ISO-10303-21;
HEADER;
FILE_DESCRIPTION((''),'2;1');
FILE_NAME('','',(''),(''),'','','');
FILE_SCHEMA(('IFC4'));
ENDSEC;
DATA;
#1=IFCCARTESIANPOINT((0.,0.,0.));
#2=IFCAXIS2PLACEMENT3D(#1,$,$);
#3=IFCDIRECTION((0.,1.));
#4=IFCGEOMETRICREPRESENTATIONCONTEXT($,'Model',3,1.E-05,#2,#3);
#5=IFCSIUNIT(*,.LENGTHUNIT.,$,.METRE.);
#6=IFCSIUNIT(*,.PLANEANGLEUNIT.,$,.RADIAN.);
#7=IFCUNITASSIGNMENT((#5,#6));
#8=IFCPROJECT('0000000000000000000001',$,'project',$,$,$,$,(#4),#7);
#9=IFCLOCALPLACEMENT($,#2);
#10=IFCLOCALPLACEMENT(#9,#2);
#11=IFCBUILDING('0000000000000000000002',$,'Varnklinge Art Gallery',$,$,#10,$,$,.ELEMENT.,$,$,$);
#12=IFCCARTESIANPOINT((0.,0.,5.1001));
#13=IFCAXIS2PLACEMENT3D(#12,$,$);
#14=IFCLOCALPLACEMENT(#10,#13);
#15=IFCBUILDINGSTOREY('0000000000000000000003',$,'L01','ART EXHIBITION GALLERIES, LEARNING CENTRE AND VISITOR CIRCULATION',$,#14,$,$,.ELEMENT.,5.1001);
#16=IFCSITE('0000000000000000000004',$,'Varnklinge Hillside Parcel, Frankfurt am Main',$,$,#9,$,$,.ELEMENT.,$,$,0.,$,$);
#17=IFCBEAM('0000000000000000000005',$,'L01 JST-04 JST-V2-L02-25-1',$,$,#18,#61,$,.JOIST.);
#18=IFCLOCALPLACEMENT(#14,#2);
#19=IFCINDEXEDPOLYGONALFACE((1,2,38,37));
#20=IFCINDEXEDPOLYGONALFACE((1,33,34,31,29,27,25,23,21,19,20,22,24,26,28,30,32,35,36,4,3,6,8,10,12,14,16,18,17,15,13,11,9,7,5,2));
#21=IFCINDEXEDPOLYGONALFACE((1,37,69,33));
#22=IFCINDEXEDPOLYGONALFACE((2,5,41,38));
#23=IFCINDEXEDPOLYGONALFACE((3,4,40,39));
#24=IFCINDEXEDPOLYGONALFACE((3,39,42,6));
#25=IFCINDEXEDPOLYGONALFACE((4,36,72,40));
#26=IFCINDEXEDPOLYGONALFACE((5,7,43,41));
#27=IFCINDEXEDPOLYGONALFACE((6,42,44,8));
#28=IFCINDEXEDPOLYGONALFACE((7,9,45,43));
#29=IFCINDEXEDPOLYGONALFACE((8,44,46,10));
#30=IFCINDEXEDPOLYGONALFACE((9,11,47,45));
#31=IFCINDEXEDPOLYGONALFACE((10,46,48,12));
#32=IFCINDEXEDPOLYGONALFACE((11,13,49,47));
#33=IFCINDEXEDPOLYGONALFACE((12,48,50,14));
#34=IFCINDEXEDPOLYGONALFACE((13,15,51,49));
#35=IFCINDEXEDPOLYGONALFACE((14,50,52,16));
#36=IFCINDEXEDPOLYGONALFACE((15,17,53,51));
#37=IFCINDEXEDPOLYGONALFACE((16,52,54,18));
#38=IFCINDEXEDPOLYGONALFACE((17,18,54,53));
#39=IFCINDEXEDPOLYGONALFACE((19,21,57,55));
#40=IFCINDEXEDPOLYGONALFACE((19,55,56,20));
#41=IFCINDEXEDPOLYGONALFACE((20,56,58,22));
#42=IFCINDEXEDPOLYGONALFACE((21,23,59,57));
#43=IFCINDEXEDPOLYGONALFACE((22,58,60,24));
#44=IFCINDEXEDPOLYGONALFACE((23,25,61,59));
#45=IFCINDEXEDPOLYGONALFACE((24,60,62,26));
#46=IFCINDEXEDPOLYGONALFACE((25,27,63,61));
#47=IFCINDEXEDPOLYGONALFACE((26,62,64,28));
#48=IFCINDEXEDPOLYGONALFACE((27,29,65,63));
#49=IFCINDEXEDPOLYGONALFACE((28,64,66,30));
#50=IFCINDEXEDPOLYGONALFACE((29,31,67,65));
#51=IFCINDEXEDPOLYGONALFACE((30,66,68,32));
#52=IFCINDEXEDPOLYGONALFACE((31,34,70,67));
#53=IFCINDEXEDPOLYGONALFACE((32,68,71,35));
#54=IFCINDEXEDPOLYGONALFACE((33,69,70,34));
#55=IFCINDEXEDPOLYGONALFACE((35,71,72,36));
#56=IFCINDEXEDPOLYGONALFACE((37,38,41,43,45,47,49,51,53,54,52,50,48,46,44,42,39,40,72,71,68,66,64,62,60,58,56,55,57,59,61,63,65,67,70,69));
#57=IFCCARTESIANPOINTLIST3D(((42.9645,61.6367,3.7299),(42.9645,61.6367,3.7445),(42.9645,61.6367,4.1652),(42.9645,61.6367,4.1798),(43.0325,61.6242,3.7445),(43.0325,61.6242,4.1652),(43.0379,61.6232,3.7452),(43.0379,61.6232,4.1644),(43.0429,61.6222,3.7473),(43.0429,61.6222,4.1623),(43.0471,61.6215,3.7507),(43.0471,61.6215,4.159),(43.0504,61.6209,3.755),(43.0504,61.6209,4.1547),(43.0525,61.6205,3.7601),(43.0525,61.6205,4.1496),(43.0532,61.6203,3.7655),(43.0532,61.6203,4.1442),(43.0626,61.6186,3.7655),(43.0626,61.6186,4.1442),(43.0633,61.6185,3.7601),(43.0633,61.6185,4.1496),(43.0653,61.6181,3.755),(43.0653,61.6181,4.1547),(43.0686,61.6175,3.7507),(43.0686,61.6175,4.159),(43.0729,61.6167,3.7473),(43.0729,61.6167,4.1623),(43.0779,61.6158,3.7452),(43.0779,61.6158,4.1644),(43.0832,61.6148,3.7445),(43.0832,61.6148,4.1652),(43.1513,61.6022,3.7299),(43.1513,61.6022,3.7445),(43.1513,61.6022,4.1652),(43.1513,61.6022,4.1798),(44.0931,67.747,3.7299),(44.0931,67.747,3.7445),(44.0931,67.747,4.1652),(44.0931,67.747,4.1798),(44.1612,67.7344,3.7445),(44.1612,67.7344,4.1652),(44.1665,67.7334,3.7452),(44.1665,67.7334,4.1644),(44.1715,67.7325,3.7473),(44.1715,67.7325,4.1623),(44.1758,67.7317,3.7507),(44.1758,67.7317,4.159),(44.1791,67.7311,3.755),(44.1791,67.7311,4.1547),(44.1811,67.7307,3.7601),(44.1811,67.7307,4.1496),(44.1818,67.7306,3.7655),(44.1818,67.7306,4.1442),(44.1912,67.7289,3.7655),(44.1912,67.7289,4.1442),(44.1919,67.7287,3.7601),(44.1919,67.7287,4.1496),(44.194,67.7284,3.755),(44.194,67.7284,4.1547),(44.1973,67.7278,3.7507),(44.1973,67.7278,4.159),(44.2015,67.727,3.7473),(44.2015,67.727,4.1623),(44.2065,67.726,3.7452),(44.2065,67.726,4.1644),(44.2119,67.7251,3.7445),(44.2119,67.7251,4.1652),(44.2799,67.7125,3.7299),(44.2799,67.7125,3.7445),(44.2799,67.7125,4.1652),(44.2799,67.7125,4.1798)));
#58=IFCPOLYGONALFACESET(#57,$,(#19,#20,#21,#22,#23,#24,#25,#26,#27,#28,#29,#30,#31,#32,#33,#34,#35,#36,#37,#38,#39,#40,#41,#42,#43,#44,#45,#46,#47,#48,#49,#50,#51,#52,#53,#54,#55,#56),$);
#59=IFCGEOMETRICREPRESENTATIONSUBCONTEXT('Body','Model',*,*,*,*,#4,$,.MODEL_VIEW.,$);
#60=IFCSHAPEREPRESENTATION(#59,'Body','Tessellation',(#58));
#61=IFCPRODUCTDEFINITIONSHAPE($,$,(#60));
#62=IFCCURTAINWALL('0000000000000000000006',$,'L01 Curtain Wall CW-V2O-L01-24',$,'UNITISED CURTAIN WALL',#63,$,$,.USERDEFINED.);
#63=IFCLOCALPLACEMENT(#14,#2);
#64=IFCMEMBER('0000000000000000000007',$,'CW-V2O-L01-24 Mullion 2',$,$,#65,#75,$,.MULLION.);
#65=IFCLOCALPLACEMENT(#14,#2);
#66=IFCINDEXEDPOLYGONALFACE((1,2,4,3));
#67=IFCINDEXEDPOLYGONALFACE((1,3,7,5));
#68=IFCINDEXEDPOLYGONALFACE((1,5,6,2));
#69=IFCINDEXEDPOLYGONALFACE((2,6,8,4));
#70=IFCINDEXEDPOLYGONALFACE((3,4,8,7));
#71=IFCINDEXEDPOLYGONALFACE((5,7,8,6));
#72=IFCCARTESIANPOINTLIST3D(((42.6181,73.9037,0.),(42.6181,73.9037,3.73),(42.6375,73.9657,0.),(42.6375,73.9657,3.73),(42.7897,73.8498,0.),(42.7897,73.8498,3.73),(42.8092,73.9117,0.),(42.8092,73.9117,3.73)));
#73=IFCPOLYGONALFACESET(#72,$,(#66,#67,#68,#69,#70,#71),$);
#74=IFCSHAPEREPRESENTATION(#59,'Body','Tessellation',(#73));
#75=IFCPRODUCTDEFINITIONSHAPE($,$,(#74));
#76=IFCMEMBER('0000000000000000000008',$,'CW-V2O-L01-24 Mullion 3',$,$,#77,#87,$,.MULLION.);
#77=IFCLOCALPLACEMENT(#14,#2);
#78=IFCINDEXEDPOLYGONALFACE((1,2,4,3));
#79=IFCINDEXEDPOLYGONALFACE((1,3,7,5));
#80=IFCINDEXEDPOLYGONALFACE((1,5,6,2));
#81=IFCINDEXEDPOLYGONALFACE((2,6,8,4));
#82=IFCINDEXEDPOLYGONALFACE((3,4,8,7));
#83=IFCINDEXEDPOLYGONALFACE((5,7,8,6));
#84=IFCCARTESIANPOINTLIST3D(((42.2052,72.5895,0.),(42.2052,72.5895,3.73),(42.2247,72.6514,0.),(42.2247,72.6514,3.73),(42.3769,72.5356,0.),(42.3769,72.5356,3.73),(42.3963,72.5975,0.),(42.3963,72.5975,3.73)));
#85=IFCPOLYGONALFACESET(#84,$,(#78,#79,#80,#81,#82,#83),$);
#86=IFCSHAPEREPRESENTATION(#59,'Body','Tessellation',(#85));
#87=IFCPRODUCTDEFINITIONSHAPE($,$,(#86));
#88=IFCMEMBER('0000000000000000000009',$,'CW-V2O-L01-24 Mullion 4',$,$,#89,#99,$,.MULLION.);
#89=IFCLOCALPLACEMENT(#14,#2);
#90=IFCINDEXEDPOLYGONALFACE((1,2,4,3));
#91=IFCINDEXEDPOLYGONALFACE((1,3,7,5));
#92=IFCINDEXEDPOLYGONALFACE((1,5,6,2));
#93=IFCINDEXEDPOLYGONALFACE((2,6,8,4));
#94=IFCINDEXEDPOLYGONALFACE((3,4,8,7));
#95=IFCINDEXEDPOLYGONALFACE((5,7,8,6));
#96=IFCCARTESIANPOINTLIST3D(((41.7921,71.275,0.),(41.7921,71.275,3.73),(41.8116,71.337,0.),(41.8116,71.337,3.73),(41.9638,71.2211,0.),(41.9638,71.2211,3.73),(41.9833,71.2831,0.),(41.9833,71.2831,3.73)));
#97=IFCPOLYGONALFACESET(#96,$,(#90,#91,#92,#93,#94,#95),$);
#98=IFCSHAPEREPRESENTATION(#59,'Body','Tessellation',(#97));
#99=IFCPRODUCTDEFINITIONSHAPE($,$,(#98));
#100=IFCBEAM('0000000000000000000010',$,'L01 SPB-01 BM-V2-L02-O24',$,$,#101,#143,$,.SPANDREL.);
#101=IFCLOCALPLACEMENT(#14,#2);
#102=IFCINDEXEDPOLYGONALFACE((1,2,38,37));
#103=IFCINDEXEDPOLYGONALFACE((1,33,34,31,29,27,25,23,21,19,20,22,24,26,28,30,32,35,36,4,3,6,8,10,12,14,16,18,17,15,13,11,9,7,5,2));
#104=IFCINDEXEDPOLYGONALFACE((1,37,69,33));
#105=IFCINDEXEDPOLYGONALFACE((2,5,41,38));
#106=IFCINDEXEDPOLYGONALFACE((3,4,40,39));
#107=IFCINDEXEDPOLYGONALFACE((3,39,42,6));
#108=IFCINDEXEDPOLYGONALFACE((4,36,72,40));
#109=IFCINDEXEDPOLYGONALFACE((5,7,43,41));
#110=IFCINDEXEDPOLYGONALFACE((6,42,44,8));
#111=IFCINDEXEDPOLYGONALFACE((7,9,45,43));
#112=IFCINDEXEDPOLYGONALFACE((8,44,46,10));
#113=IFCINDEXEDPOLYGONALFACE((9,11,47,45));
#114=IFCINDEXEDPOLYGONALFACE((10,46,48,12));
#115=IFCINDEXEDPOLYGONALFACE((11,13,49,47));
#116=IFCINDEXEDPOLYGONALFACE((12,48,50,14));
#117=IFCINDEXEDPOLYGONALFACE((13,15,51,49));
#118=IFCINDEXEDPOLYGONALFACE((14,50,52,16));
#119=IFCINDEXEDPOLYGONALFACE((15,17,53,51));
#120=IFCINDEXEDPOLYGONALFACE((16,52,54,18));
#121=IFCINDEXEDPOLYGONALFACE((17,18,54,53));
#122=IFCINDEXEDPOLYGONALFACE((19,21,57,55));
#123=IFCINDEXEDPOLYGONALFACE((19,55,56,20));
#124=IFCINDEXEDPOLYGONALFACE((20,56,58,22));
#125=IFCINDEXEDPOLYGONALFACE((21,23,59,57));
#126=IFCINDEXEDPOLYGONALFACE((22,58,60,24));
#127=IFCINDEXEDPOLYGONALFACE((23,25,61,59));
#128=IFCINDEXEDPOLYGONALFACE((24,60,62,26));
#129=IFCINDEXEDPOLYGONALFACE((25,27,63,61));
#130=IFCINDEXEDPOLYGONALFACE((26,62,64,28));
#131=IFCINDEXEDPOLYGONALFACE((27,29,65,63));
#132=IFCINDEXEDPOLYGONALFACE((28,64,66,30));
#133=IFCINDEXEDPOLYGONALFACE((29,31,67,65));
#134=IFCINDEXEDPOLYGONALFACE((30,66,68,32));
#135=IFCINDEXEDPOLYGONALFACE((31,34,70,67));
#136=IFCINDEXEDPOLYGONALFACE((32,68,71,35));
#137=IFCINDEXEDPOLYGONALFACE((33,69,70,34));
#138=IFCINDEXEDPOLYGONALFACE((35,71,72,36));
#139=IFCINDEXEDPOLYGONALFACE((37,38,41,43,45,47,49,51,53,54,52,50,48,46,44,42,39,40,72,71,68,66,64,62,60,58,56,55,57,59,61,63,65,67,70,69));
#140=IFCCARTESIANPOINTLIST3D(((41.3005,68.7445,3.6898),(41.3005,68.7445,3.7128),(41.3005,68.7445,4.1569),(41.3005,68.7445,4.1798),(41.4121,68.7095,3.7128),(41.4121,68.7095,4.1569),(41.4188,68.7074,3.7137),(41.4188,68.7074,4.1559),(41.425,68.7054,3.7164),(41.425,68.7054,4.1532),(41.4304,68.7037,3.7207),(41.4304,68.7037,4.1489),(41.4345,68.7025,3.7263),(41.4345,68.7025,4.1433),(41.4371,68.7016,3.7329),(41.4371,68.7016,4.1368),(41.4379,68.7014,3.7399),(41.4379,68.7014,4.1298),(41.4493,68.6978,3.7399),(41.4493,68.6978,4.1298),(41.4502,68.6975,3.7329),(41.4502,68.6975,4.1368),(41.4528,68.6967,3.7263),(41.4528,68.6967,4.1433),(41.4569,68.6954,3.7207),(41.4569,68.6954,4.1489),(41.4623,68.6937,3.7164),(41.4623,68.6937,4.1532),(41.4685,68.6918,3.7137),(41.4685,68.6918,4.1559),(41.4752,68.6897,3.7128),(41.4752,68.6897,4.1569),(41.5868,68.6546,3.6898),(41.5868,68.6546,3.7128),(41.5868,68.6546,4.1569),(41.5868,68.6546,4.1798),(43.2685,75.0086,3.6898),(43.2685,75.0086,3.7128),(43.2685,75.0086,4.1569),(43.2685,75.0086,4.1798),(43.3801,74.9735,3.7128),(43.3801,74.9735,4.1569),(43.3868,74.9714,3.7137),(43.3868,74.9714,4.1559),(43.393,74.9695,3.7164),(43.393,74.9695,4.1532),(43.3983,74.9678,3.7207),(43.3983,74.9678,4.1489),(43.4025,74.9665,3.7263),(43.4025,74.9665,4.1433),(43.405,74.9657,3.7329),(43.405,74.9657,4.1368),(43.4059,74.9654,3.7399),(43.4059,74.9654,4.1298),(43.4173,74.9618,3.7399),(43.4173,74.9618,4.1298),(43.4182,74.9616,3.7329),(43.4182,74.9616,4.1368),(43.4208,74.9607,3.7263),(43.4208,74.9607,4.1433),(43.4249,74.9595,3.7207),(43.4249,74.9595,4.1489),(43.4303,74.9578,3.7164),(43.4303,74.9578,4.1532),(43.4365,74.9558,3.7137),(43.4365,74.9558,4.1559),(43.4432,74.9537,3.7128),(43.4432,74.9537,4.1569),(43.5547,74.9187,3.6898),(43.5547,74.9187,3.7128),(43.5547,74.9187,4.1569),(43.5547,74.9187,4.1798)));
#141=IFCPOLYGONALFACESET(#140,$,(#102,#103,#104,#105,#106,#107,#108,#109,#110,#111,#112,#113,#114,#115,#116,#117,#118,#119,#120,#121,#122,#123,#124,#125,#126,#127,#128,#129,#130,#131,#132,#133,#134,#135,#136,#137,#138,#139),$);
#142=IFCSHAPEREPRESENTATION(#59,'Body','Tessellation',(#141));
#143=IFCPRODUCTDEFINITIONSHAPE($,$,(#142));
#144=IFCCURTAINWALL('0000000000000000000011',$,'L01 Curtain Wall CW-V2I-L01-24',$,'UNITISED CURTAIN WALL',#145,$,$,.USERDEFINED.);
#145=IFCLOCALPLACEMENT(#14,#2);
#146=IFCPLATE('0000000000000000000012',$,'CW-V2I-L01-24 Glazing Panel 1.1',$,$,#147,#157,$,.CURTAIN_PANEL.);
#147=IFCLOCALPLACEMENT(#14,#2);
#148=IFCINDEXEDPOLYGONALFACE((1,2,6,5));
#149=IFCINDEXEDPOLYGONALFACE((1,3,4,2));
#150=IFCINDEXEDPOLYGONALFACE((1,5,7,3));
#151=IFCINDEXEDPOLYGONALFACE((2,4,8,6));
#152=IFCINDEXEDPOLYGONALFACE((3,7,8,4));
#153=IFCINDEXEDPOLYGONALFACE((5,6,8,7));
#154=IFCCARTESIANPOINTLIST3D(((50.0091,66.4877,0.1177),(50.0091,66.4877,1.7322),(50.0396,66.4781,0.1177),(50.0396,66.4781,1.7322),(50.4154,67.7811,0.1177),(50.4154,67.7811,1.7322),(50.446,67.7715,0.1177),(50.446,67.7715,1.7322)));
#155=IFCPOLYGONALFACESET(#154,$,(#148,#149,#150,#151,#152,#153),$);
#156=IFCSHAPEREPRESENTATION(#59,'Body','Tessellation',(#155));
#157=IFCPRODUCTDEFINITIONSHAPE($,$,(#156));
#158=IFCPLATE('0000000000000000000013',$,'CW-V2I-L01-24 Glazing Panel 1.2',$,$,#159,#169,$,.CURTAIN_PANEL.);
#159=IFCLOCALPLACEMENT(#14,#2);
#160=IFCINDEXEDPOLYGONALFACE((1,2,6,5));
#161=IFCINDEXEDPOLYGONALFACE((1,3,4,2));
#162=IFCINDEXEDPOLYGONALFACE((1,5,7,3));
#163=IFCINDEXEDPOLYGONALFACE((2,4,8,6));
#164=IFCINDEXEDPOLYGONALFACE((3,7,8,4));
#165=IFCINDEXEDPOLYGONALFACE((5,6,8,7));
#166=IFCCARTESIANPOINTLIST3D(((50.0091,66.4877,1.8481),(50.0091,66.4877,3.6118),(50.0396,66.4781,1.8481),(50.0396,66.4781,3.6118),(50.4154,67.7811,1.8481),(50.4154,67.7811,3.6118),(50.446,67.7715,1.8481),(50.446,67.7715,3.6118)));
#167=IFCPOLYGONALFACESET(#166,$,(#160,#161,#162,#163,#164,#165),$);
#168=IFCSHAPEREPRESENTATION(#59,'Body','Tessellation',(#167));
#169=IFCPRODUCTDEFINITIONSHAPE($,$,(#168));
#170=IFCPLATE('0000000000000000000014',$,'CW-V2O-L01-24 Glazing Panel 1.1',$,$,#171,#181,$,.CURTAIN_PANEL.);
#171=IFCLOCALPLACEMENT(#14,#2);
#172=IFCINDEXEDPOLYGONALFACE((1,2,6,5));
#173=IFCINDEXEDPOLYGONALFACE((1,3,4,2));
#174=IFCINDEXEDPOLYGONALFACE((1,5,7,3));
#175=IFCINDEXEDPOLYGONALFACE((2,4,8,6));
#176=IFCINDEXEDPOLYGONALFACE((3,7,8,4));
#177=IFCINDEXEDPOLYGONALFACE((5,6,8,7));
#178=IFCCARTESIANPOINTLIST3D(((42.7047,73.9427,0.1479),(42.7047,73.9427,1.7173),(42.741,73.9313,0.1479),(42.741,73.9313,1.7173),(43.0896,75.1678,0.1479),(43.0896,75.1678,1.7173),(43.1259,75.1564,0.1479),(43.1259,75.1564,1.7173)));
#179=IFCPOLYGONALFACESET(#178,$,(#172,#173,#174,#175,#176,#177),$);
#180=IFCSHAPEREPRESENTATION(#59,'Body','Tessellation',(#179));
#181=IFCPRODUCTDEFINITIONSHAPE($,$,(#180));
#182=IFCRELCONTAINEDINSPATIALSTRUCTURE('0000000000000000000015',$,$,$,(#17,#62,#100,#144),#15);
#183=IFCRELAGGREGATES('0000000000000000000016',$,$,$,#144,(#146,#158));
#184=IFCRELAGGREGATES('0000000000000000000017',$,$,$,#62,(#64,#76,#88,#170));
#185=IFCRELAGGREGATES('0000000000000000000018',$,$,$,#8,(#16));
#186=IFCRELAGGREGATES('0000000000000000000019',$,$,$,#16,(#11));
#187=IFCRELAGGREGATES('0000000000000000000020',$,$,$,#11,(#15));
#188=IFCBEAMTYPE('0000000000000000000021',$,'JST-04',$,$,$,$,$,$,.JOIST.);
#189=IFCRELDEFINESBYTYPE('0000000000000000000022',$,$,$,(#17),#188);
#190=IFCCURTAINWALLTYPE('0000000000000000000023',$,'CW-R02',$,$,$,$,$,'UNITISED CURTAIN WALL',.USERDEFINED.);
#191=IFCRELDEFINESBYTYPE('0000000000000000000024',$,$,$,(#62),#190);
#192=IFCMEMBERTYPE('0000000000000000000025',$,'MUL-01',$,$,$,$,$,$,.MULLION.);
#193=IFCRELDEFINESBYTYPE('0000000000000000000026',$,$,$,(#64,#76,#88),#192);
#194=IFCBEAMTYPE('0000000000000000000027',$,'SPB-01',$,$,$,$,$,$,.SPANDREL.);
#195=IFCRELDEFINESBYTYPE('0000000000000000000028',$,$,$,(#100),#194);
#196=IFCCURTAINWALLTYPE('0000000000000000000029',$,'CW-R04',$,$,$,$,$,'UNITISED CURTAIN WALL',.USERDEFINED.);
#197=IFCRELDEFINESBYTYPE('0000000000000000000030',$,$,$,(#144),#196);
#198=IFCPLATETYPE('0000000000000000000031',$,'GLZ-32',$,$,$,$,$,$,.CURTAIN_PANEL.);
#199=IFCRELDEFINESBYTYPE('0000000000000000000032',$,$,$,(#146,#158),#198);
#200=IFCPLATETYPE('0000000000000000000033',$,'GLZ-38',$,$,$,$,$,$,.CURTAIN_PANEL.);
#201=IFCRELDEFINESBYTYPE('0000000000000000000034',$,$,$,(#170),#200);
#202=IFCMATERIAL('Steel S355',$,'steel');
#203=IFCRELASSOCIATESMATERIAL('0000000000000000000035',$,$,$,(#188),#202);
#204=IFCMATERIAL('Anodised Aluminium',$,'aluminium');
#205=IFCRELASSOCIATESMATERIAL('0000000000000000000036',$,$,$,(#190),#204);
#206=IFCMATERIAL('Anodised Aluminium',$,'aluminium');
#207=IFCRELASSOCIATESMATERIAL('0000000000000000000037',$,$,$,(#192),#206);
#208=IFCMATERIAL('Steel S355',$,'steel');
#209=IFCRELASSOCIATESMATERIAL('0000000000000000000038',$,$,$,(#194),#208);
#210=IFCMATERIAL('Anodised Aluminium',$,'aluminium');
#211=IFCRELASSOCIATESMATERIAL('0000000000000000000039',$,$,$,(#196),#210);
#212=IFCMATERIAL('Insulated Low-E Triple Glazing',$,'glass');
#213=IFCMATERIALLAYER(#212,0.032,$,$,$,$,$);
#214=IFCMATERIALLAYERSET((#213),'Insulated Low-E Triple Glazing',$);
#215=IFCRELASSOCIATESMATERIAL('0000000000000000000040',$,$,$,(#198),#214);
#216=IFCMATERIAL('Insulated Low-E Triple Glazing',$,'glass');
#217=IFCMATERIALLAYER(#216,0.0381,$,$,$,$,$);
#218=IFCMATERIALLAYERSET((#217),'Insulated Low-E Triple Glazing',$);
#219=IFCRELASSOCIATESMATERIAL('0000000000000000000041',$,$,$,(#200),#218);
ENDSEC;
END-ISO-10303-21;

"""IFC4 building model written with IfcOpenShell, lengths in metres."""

from ifc_helpers import new_model, si_unit, direction, frame, origin, origin_2d, place, context, subcontext, project, spatial, rectangle, i_section, extrude, material, layer, layer_set, material_profile, profile_set, type_object, element, aggregate, save


model = new_model("IFC4")

# Units and contexts
model_context = context("Model", 3, precision=1e-05, world=origin(), true_north=direction((0.0, 1.0)))
body_context = subcontext(model_context, "Body", "Model", "MODEL_VIEW")
ifc_project = project(units=[si_unit("LENGTHUNIT", "METRE"), si_unit("PLANEANGLEUNIT", "RADIAN")], contexts=[model_context])

# Site, building, storey
site_placement = place(None, origin())
site = spatial("IfcSite", under=ifc_project, at=site_placement, Name="Varnklinge Hillside Parcel, Frankfurt am Main", CompositionType="ELEMENT", RefElevation=0.0)
building_placement = place(site_placement, origin())
building = spatial("IfcBuilding", under=site, at=building_placement, Name="Varnklinge Art Gallery", CompositionType="ELEMENT")
storey_placement = place(building_placement, frame((0.0, 0.0, 5.1001)))
storey = spatial("IfcBuildingStorey", under=building, at=storey_placement, Name="L01", Description="ART EXHIBITION GALLERIES, LEARNING CENTRE AND VISITOR CIRCULATION", CompositionType="ELEMENT", Elevation=5.1001)

# Beam
ifc_material_1 = material(Name="Steel S355", Category="steel")
ifc_material_profile_1 = material_profile(ifc_material_1, i_section(OverallWidth=0.1899, OverallDepth=0.45, WebThickness=0.0095, FlangeThickness=0.0146, FilletRadius=0.021, at=origin_2d()), Name="IPE 450")
ifc_profile_set_1 = profile_set([ifc_material_profile_1], Name="Steel S355")
beam_type_1 = type_object("IfcBeamType", Name="JST-04", PredefinedType="JOIST", material=ifc_profile_set_1)
beam_1_placement = place(storey_placement, frame((44.1865, 67.7297, 3.9548), z_axis=(-0.18164, -0.983365, 0.0), x_axis=(0.983365, -0.18164, 0.0)))
element("IfcBeam", 1, at=beam_1_placement, inside=storey, type_object=beam_type_1, Name="L01 JST-04 JST-V2-L02-25-1", PredefinedType="JOIST", context=body_context, shape_type="SweptSolid", body=[
    extrude(i_section(OverallWidth=0.1899, OverallDepth=0.45, WebThickness=0.0095, FlangeThickness=0.0146, FilletRadius=0.021, at=origin_2d()), origin(), (0.0, 0.0, 1.0), 6.2136),
])

# Curtain wall, members
ifc_material_2 = material(Name="Anodised Aluminium", Category="aluminium")
curtain_wall_type_1 = type_object("IfcCurtainWallType", Name="CW-R02", ElementType="UNITISED CURTAIN WALL", PredefinedType="USERDEFINED", material=ifc_material_2)
curtain_wall_1_placement = place(storey_placement, origin())
curtain_wall_1 = element("IfcCurtainWall", 2, at=curtain_wall_1_placement, inside=storey, type_object=curtain_wall_type_1, Name="L01 Curtain Wall CW-V2O-L01-24", ObjectType="UNITISED CURTAIN WALL", PredefinedType="USERDEFINED")
ifc_material_3 = material(Name="Anodised Aluminium", Category="aluminium")
ifc_material_profile_2 = material_profile(ifc_material_3, rectangle(XDim=0.0649, YDim=0.1799, at=origin_2d()), Name="ALU 65x180")
ifc_profile_set_2 = profile_set([ifc_material_profile_2], Name="Anodised Aluminium")
member_type = type_object("IfcMemberType", Name="MUL-01", PredefinedType="MULLION", material=ifc_profile_set_2)
member_1_placement = place(storey_placement, frame((42.7136, 73.9077, 0.0), z_axis=(0.0, 0.0, 1.0), x_axis=(-0.299707, -0.954031, 0.0)))
member_1 = element("IfcMember", 3, at=member_1_placement, type_object=member_type, Name="CW-V2O-L01-24 Mullion 2", PredefinedType="MULLION", context=body_context, shape_type="SweptSolid", body=[
    extrude(rectangle(XDim=0.0649, YDim=0.1799, at=origin_2d()), origin(), (0.0, 0.0, 1.0), 3.73),
])
member_2_placement = place(storey_placement, frame((42.3008, 72.5935, 0.0), z_axis=(0.0, 0.0, 1.0), x_axis=(-0.299707, -0.954031, 0.0)))
member_2 = element("IfcMember", 4, at=member_2_placement, type_object=member_type, Name="CW-V2O-L01-24 Mullion 3", PredefinedType="MULLION", context=body_context, shape_type="SweptSolid", body=[
    extrude(rectangle(XDim=0.0649, YDim=0.1799, at=origin_2d()), origin(), (0.0, 0.0, 1.0), 3.73),
])
member_3_placement = place(storey_placement, frame((41.8877, 71.2791, 0.0), z_axis=(0.0, 0.0, 1.0), x_axis=(-0.299707, -0.954031, 0.0)))
member_3 = element("IfcMember", 5, at=member_3_placement, type_object=member_type, Name="CW-V2O-L01-24 Mullion 4", PredefinedType="MULLION", context=body_context, shape_type="SweptSolid", body=[
    extrude(rectangle(XDim=0.0649, YDim=0.1799, at=origin_2d()), origin(), (0.0, 0.0, 1.0), 3.73),
])

# Beam
ifc_material_4 = material(Name="Steel S355", Category="steel")
ifc_material_profile_3 = material_profile(ifc_material_4, i_section(OverallWidth=0.3, OverallDepth=0.49, WebThickness=0.012, FlangeThickness=0.0229, FilletRadius=0.0271, at=origin_2d()), Name="HEA 500")
ifc_profile_set_3 = profile_set([ifc_material_profile_3], Name="Steel S355")
beam_type_2 = type_object("IfcBeamType", Name="SPB-01", PredefinedType="SPANDREL", material=ifc_profile_set_3)
beam_2_placement = place(storey_placement, frame((43.4116, 74.9636, 3.9348), z_axis=(-0.299727, -0.954025, 0.0), x_axis=(0.954025, -0.299727, 0.0)))
element("IfcBeam", 6, at=beam_2_placement, inside=storey, type_object=beam_type_2, Name="L01 SPB-01 BM-V2-L02-O24", PredefinedType="SPANDREL", context=body_context, shape_type="SweptSolid", body=[
    extrude(i_section(OverallWidth=0.3, OverallDepth=0.49, WebThickness=0.012, FlangeThickness=0.0229, FilletRadius=0.0271, at=origin_2d()), origin(), (0.0, 0.0, 1.0), 6.5659),
])

# Curtain wall, plates
ifc_material_5 = material(Name="Anodised Aluminium", Category="aluminium")
curtain_wall_type_2 = type_object("IfcCurtainWallType", Name="CW-R04", ElementType="UNITISED CURTAIN WALL", PredefinedType="USERDEFINED", material=ifc_material_5)
curtain_wall_2_placement = place(storey_placement, origin())
curtain_wall_2 = element("IfcCurtainWall", 7, at=curtain_wall_2_placement, inside=storey, type_object=curtain_wall_type_2, Name="L01 Curtain Wall CW-V2I-L01-24", ObjectType="UNITISED CURTAIN WALL", PredefinedType="USERDEFINED")
ifc_material_6 = material(Name="Insulated Low-E Triple Glazing", Category="glass")
ifc_layer_1 = layer(ifc_material_6, 0.032)
ifc_layer_set_1 = layer_set([ifc_layer_1], Name="Insulated Low-E Triple Glazing")
plate_type_1 = type_object("IfcPlateType", Name="GLZ-32", PredefinedType="CURTAIN_PANEL", material=ifc_layer_set_1)
plate_1_placement = place(storey_placement, frame((50.2275, 67.1296, 0.1177), z_axis=(0.0, 0.0, 1.0), x_axis=(0.299707, 0.954031, 0.0)))
plate_1 = element("IfcPlate", 8, at=plate_1_placement, type_object=plate_type_1, Name="CW-V2I-L01-24 Glazing Panel 1.1", PredefinedType="CURTAIN_PANEL", context=body_context, shape_type="SweptSolid", body=[
    extrude(rectangle(XDim=1.3557, YDim=0.032, at=origin_2d()), origin(), (0.0, 0.0, 1.0), 1.6145),
])
plate_2_placement = place(storey_placement, frame((50.2275, 67.1296, 1.8481), z_axis=(0.0, 0.0, 1.0), x_axis=(0.299707, 0.954031, 0.0)))
plate_2 = element("IfcPlate", 9, at=plate_2_placement, type_object=plate_type_1, Name="CW-V2I-L01-24 Glazing Panel 1.2", PredefinedType="CURTAIN_PANEL", context=body_context, shape_type="SweptSolid", body=[
    extrude(rectangle(XDim=1.3557, YDim=0.032, at=origin_2d()), origin(), (0.0, 0.0, 1.0), 1.7637),
])
aggregate(curtain_wall_2, [plate_1, plate_2])

# Plate
ifc_material_7 = material(Name="Insulated Low-E Triple Glazing", Category="glass")
ifc_layer_2 = layer(ifc_material_7, 0.0381)
ifc_layer_set_2 = layer_set([ifc_layer_2], Name="Insulated Low-E Triple Glazing")
plate_type_2 = type_object("IfcPlateType", Name="GLZ-38", PredefinedType="CURTAIN_PANEL", material=ifc_layer_set_2)
plate_3_placement = place(storey_placement, frame((42.9153, 74.5496, 0.1479), z_axis=(0.0, 0.0, 1.0), x_axis=(-0.299707, -0.954031, 0.0)))
plate_3 = element("IfcPlate", 10, at=plate_3_placement, type_object=plate_type_2, Name="CW-V2O-L01-24 Glazing Panel 1.1", PredefinedType="CURTAIN_PANEL", context=body_context, shape_type="SweptSolid", body=[
    extrude(rectangle(XDim=1.2842, YDim=0.0381, at=origin_2d()), origin(), (0.0, 0.0, 1.0), 1.5693),
])
aggregate(curtain_wall_1, [member_1, member_2, member_3, plate_3])

save(model, "model.ifc")
